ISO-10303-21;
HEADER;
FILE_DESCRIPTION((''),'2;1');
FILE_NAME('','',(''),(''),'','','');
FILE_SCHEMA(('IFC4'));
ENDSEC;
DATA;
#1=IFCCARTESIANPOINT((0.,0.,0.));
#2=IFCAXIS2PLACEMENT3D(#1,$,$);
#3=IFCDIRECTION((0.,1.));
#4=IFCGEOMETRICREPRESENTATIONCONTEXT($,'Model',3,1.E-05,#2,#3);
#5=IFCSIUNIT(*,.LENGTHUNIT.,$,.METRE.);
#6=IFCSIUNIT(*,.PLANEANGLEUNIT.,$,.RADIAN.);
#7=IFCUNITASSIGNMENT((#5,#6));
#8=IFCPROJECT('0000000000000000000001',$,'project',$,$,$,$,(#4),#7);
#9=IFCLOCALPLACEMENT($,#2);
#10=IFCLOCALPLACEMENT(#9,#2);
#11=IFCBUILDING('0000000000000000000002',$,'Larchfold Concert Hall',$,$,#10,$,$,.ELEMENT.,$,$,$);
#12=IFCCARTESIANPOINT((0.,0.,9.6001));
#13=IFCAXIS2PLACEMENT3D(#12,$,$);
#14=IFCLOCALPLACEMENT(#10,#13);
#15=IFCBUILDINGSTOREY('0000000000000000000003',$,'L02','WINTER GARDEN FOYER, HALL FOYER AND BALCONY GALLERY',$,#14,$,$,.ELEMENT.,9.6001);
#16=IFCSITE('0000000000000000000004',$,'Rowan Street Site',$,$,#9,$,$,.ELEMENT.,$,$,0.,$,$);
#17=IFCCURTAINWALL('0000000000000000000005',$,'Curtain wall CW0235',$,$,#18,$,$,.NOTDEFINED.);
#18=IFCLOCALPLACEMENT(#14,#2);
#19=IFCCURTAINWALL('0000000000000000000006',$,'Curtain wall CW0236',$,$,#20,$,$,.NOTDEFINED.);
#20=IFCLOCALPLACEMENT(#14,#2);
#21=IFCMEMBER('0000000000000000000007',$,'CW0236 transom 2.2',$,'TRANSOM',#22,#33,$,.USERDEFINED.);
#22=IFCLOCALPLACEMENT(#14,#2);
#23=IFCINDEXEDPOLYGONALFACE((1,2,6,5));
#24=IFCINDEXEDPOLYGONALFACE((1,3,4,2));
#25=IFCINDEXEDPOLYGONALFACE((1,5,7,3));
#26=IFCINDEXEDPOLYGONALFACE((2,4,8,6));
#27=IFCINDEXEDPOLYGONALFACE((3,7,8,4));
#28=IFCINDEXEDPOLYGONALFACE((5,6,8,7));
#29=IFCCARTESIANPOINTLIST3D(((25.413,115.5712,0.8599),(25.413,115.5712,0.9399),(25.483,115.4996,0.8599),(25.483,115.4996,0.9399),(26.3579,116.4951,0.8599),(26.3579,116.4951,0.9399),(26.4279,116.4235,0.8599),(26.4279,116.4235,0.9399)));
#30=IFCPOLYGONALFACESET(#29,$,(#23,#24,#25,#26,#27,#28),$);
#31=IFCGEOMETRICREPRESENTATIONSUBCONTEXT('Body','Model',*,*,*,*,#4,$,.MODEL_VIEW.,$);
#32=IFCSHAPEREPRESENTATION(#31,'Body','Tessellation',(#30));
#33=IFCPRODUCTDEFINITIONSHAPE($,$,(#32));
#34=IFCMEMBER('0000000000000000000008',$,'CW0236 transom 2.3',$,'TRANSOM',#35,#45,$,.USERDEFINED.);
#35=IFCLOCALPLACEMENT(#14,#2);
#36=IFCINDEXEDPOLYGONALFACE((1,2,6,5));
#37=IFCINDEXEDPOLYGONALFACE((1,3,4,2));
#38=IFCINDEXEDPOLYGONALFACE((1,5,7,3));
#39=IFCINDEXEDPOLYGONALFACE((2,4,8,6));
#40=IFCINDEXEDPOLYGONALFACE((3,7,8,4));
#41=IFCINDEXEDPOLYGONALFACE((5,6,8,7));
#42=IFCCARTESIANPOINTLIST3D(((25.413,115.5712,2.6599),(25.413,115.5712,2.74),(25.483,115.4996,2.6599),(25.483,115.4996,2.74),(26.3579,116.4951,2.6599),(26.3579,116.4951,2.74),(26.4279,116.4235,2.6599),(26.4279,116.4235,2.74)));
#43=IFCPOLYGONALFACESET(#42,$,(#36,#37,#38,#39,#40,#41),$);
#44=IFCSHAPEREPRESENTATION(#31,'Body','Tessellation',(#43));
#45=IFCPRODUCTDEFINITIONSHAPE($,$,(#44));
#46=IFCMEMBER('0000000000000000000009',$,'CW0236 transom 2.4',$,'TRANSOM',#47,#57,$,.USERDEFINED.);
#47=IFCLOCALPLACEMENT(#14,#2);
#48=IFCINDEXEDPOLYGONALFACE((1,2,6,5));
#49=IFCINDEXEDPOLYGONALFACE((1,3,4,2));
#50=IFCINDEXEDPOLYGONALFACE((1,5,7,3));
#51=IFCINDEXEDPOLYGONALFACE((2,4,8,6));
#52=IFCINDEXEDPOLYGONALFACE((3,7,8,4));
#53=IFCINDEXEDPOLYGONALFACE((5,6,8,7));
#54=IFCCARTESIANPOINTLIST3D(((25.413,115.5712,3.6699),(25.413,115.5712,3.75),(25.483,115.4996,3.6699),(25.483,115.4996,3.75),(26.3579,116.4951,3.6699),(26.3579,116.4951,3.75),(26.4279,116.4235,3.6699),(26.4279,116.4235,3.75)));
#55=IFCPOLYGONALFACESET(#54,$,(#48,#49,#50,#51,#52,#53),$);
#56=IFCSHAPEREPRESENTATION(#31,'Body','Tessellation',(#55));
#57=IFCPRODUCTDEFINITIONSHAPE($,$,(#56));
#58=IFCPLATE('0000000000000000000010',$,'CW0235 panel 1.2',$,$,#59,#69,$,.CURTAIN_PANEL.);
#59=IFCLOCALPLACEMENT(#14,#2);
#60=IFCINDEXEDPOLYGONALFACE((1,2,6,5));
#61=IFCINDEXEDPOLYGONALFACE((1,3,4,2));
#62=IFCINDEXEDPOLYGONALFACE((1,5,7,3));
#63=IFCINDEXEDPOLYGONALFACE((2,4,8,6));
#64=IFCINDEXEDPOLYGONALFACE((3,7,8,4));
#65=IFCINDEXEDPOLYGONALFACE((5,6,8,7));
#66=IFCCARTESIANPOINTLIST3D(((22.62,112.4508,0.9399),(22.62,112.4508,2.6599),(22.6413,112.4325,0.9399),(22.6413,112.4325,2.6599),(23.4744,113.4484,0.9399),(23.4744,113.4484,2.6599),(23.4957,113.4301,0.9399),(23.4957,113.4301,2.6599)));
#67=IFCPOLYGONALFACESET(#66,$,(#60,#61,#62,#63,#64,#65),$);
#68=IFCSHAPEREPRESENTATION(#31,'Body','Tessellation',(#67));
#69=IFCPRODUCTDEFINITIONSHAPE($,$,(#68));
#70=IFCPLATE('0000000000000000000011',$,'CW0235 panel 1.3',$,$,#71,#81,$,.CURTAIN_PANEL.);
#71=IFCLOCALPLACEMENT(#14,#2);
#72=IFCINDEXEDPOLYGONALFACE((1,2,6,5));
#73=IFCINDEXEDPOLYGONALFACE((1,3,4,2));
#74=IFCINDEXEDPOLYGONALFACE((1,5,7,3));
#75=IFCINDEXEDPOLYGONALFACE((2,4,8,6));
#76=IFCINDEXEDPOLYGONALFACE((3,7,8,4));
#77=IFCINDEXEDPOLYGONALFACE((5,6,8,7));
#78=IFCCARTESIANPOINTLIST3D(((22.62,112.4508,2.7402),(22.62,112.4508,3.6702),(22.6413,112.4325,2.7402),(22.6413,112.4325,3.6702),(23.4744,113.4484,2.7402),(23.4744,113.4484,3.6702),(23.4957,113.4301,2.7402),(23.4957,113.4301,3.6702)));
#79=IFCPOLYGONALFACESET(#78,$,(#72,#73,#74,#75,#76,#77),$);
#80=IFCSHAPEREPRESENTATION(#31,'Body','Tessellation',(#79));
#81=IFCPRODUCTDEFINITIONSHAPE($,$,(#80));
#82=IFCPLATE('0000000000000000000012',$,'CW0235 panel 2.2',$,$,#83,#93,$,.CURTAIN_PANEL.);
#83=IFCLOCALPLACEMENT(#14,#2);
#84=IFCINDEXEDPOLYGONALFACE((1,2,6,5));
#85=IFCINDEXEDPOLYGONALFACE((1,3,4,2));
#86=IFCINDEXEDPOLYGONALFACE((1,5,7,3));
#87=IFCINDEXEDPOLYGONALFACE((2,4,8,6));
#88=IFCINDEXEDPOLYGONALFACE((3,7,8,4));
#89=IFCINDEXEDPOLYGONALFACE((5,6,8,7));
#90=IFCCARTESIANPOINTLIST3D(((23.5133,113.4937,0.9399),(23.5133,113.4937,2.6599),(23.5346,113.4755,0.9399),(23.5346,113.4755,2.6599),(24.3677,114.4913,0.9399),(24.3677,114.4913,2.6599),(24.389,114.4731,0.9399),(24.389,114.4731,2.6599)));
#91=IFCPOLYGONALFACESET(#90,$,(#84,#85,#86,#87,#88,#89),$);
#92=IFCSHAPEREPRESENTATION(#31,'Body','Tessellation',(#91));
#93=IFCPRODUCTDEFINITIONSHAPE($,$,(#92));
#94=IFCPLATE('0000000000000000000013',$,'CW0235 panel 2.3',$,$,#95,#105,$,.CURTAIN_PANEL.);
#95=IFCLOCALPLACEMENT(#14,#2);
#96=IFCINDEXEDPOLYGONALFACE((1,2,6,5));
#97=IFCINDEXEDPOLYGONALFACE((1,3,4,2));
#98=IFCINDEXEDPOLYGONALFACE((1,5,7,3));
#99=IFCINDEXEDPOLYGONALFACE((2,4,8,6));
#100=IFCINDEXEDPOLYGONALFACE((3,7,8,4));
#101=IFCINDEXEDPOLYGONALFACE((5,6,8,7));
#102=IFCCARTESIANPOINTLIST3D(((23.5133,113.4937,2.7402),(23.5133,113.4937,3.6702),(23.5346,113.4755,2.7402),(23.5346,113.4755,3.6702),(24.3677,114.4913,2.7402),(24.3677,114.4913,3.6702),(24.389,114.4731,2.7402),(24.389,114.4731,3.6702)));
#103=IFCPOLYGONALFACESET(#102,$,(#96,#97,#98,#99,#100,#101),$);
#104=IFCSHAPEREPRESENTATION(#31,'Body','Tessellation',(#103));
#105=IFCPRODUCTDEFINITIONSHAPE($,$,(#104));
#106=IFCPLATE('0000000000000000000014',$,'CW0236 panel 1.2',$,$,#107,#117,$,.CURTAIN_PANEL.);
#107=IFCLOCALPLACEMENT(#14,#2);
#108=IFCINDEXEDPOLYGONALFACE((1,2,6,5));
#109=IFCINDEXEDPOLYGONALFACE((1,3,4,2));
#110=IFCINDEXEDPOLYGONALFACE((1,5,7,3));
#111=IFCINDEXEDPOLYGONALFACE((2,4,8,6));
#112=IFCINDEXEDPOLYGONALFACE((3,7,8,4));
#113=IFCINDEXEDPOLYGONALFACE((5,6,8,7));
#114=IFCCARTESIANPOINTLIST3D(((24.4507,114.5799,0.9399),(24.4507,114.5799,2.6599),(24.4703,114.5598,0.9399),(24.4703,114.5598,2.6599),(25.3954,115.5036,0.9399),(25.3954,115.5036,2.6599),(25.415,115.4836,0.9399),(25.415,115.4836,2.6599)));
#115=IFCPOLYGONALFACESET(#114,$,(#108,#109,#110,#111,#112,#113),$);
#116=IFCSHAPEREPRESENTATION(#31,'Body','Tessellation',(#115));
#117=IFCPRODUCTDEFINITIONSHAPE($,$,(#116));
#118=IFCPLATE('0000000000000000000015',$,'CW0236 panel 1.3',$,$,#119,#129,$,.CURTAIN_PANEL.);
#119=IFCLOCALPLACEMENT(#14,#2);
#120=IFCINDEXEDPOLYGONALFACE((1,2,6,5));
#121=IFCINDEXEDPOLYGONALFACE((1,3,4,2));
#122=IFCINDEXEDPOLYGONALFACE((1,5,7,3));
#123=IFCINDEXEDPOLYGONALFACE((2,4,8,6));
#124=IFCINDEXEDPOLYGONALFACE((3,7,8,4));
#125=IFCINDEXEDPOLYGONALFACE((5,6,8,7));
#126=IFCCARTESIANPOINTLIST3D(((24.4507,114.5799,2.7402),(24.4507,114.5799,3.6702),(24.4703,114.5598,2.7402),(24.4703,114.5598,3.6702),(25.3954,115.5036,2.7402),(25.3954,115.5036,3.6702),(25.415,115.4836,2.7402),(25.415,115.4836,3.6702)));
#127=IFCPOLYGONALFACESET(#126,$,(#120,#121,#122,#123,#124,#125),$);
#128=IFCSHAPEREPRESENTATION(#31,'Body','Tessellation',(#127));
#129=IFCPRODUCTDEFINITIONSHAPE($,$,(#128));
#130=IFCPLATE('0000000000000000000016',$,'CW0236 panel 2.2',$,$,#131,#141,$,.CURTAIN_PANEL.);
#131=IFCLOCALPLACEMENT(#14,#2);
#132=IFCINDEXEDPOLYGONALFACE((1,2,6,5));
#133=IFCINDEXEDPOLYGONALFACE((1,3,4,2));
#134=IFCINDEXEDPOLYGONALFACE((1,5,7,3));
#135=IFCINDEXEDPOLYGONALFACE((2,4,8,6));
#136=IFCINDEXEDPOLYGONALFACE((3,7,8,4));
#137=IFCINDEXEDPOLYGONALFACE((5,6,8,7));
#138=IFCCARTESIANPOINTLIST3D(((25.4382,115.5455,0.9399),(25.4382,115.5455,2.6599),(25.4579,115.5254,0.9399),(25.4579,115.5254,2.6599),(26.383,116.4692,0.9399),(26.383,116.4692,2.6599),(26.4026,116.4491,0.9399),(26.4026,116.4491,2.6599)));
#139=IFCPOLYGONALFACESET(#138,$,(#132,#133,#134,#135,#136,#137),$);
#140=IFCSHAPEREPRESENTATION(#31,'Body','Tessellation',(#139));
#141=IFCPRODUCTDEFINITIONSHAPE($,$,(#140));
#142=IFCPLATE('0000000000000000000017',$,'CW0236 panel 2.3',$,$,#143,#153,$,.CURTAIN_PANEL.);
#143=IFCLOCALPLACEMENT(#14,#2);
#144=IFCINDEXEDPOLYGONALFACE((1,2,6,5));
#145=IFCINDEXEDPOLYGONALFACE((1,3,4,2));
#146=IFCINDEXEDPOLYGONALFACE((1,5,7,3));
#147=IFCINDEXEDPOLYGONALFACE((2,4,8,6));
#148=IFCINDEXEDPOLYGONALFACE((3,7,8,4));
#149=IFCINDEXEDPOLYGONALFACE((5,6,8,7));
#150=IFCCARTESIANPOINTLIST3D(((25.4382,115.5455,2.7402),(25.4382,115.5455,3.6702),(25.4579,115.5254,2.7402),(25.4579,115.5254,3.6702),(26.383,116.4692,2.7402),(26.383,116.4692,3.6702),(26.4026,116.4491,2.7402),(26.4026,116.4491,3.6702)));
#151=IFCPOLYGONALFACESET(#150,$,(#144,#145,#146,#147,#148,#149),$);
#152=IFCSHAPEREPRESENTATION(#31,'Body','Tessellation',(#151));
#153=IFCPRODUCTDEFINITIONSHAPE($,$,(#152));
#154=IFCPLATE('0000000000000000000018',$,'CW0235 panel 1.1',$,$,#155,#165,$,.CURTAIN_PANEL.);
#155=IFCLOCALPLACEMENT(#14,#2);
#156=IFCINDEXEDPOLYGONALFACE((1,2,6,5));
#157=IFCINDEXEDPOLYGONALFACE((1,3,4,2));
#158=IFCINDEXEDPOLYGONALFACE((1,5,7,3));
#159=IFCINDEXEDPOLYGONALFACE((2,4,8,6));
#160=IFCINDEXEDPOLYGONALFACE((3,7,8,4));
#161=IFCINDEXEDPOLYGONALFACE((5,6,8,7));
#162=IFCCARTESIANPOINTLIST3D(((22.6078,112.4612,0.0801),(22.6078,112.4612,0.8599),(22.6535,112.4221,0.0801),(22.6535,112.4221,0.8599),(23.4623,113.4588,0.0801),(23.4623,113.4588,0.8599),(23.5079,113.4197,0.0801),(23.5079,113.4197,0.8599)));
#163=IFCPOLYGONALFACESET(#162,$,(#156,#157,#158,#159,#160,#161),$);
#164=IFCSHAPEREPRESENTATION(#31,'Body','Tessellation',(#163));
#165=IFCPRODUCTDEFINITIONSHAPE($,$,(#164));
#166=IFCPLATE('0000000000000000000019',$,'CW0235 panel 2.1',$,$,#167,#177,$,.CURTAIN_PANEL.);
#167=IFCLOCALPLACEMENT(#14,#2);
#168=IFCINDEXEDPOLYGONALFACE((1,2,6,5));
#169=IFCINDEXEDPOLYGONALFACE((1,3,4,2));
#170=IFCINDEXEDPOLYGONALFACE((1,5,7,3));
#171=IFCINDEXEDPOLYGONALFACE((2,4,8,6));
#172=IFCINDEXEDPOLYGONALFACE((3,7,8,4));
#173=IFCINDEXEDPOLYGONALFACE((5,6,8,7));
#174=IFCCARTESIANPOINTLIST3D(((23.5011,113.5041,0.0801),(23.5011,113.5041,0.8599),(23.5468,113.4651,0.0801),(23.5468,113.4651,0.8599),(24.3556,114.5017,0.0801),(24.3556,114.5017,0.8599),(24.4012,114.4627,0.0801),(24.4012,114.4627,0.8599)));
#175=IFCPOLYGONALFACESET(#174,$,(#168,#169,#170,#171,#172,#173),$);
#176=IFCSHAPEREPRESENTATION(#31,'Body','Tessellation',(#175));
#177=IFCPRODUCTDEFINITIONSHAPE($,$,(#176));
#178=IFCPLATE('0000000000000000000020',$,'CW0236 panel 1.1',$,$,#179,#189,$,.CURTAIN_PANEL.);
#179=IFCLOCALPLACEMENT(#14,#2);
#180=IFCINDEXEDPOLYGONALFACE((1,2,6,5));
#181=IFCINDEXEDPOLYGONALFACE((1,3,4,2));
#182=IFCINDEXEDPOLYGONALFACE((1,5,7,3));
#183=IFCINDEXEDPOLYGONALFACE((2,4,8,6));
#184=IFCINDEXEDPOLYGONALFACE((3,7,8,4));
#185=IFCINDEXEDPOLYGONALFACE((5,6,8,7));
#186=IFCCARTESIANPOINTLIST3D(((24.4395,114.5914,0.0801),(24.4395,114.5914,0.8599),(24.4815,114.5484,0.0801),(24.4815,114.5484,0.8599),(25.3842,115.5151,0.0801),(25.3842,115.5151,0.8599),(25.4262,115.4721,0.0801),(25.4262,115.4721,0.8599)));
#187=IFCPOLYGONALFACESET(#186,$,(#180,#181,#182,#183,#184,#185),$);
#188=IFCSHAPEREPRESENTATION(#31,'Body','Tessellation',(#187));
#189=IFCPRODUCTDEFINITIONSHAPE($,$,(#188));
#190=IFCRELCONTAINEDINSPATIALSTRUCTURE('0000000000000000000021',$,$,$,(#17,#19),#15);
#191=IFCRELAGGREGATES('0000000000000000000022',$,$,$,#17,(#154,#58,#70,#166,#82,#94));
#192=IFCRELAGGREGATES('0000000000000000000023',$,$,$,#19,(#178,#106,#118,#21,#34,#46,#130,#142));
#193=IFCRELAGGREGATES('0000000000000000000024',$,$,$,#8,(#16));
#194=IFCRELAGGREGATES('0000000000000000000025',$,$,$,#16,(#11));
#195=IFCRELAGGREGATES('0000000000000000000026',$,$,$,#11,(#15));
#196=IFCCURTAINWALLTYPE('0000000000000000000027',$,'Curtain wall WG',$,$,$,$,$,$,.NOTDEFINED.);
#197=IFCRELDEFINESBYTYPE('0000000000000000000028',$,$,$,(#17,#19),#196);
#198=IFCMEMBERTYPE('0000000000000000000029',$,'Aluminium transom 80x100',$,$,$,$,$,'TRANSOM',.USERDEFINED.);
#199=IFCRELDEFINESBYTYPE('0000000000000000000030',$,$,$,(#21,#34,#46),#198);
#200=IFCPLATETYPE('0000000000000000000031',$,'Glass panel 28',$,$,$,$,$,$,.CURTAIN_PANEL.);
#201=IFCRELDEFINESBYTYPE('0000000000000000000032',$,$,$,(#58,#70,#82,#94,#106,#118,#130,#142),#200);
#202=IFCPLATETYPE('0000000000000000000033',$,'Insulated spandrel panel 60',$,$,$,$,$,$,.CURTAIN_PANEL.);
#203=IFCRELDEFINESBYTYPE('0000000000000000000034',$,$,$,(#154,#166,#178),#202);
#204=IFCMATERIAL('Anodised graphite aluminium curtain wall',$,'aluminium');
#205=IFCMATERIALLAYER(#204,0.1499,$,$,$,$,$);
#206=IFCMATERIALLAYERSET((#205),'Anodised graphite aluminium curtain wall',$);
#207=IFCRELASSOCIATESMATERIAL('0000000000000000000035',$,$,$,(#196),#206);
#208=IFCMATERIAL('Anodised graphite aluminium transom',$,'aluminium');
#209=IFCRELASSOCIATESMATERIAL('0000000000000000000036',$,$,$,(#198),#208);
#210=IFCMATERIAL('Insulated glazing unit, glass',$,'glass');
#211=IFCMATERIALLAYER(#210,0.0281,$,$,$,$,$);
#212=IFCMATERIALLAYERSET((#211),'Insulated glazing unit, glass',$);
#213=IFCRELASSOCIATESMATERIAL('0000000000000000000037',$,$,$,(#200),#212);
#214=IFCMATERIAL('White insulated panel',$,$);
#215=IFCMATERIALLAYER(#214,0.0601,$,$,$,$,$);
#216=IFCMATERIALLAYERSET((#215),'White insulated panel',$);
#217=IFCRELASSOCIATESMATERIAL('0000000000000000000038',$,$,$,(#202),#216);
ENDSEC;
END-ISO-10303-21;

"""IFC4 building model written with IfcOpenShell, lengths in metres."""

from ifc_helpers import new_model, si_unit, direction, frame, origin, origin_2d, place, context, subcontext, project, spatial, rectangle, extrude, material, layer, layer_set, material_profile, profile_set, type_object, element, aggregate, save


model = new_model("IFC4")

# Units and contexts
model_context = context("Model", 3, precision=1e-05, world=origin(), true_north=direction((0.0, 1.0)))
body_context = subcontext(model_context, "Body", "Model", "MODEL_VIEW")
ifc_project = project(units=[si_unit("LENGTHUNIT", "METRE"), si_unit("PLANEANGLEUNIT", "RADIAN")], contexts=[model_context])

# Site, building, storey
site_placement = place(None, origin())
site = spatial("IfcSite", under=ifc_project, at=site_placement, Name="Rowan Street Site", CompositionType="ELEMENT", RefElevation=0.0)
building_placement = place(site_placement, origin())
building = spatial("IfcBuilding", under=site, at=building_placement, Name="Larchfold Concert Hall", CompositionType="ELEMENT")
storey_placement = place(building_placement, frame((0.0, 0.0, 9.6001)))
storey = spatial("IfcBuildingStorey", under=building, at=storey_placement, Name="L02", Description="WINTER GARDEN FOYER, HALL FOYER AND BALCONY GALLERY", CompositionType="ELEMENT", Elevation=9.6001)

# Curtain walls
ifc_material_1 = material(Name="Anodised graphite aluminium curtain wall", Category="aluminium")
ifc_layer_1 = layer(ifc_material_1, 0.1499)
ifc_layer_set_1 = layer_set([ifc_layer_1], Name="Anodised graphite aluminium curtain wall")
curtain_wall_type = type_object("IfcCurtainWallType", Name="Curtain wall WG", PredefinedType="NOTDEFINED", material=ifc_layer_set_1)
curtain_wall_1_placement = place(storey_placement, origin())
curtain_wall_1 = element("IfcCurtainWall", 1, at=curtain_wall_1_placement, inside=storey, type_object=curtain_wall_type, Name="Curtain wall CW0235", PredefinedType="NOTDEFINED")
curtain_wall_2_placement = place(storey_placement, origin())
curtain_wall_2 = element("IfcCurtainWall", 2, at=curtain_wall_2_placement, inside=storey, type_object=curtain_wall_type, Name="Curtain wall CW0236", PredefinedType="NOTDEFINED")

# Members
ifc_material_2 = material(Name="Anodised graphite aluminium transom", Category="aluminium")
ifc_material_profile_1 = material_profile(ifc_material_2, rectangle(XDim=0.1001, YDim=0.0801, at=origin_2d()))
ifc_profile_set_1 = profile_set([ifc_material_profile_1], Name="Anodised graphite aluminium transom")
member_type_1 = type_object("IfcMemberType", Name="Aluminium transom 80x100", ElementType="TRANSOM", PredefinedType="USERDEFINED", material=ifc_profile_set_1)
member_1_placement = place(storey_placement, frame((25.448, 115.5354, 0.8999), z_axis=(0.715007, 0.699118, 0.0), x_axis=(-0.699118, 0.715007, 0.0)))
member_1 = element("IfcMember", 3, at=member_1_placement, type_object=member_type_1, Name="CW0236 transom 2.2", ObjectType="TRANSOM", PredefinedType="USERDEFINED", context=body_context, shape_type="SweptSolid", body=[
    extrude(rectangle(XDim=0.1001, YDim=0.0801, at=origin_2d()), origin(), (0.0, 0.0, 1.0), 1.3215),
])
member_2_placement = place(storey_placement, frame((25.448, 115.5354, 2.7), z_axis=(0.715007, 0.699118, 0.0), x_axis=(-0.699118, 0.715007, 0.0)))
member_2 = element("IfcMember", 4, at=member_2_placement, type_object=member_type_1, Name="CW0236 transom 2.3", ObjectType="TRANSOM", PredefinedType="USERDEFINED", context=body_context, shape_type="SweptSolid", body=[
    extrude(rectangle(XDim=0.1001, YDim=0.0801, at=origin_2d()), origin(), (0.0, 0.0, 1.0), 1.3215),
])
member_3_placement = place(storey_placement, frame((25.448, 115.5354, 3.71), z_axis=(0.715007, 0.699118, 0.0), x_axis=(-0.699118, 0.715007, 0.0)))
member_3 = element("IfcMember", 5, at=member_3_placement, type_object=member_type_1, Name="CW0236 transom 2.4", ObjectType="TRANSOM", PredefinedType="USERDEFINED", context=body_context, shape_type="SweptSolid", body=[
    extrude(rectangle(XDim=0.1001, YDim=0.0801, at=origin_2d()), origin(), (0.0, 0.0, 1.0), 1.3215),
])

# Plates
ifc_material_3 = material(Name="Insulated glazing unit, glass", Category="glass")
ifc_layer_2 = layer(ifc_material_3, 0.0281)
ifc_layer_set_2 = layer_set([ifc_layer_2], Name="Insulated glazing unit, glass")
plate_type_1 = type_object("IfcPlateType", Name="Glass panel 28", PredefinedType="CURTAIN_PANEL", material=ifc_layer_set_2)
plate_1_placement = place(storey_placement, frame((23.0579, 112.9404, 0.9399), z_axis=(0.0, 0.0, 1.0), x_axis=(0.650512, 0.759496, 0.0)))
plate_1 = element("IfcPlate", 6, at=plate_1_placement, type_object=plate_type_1, Name="CW0235 panel 1.2", PredefinedType="CURTAIN_PANEL", context=body_context, shape_type="SweptSolid", body=[
    extrude(rectangle(XDim=1.3135, YDim=0.0281, at=origin_2d()), origin(), (0.0, 0.0, 1.0), 1.72),
])
plate_2_placement = place(storey_placement, frame((23.0579, 112.9404, 2.7402), z_axis=(0.0, 0.0, 1.0), x_axis=(0.650512, 0.759496, 0.0)))
plate_2 = element("IfcPlate", 7, at=plate_2_placement, type_object=plate_type_1, Name="CW0235 panel 1.3", PredefinedType="CURTAIN_PANEL", context=body_context, shape_type="SweptSolid", body=[
    extrude(rectangle(XDim=1.3135, YDim=0.0281, at=origin_2d()), origin(), (0.0, 0.0, 1.0), 0.9299),
])
plate_3_placement = place(storey_placement, frame((23.9512, 113.9834, 0.9399), z_axis=(0.0, 0.0, 1.0), x_axis=(0.650512, 0.759496, 0.0)))
plate_3 = element("IfcPlate", 8, at=plate_3_placement, type_object=plate_type_1, Name="CW0235 panel 2.2", PredefinedType="CURTAIN_PANEL", context=body_context, shape_type="SweptSolid", body=[
    extrude(rectangle(XDim=1.3135, YDim=0.0281, at=origin_2d()), origin(), (0.0, 0.0, 1.0), 1.72),
])
plate_4_placement = place(storey_placement, frame((23.9512, 113.9834, 2.7402), z_axis=(0.0, 0.0, 1.0), x_axis=(0.650512, 0.759496, 0.0)))
plate_4 = element("IfcPlate", 9, at=plate_4_placement, type_object=plate_type_1, Name="CW0235 panel 2.3", PredefinedType="CURTAIN_PANEL", context=body_context, shape_type="SweptSolid", body=[
    extrude(rectangle(XDim=1.3135, YDim=0.0281, at=origin_2d()), origin(), (0.0, 0.0, 1.0), 0.9299),
])
plate_5_placement = place(storey_placement, frame((24.9329, 115.0317, 0.9399), z_axis=(0.0, 0.0, 1.0), x_axis=(0.715019, 0.699105, 0.0)))
plate_5 = element("IfcPlate", 10, at=plate_5_placement, type_object=plate_type_1, Name="CW0236 panel 1.2", PredefinedType="CURTAIN_PANEL", context=body_context, shape_type="SweptSolid", body=[
    extrude(rectangle(XDim=1.3213, YDim=0.0281, at=origin_2d()), origin(), (0.0, 0.0, 1.0), 1.72),
])
plate_6_placement = place(storey_placement, frame((24.9329, 115.0317, 2.7402), z_axis=(0.0, 0.0, 1.0), x_axis=(0.715019, 0.699105, 0.0)))
plate_6 = element("IfcPlate", 11, at=plate_6_placement, type_object=plate_type_1, Name="CW0236 panel 1.3", PredefinedType="CURTAIN_PANEL", context=body_context, shape_type="SweptSolid", body=[
    extrude(rectangle(XDim=1.3213, YDim=0.0281, at=origin_2d()), origin(), (0.0, 0.0, 1.0), 0.9299),
])
plate_7_placement = place(storey_placement, frame((25.9204, 115.9973, 0.9399), z_axis=(0.0, 0.0, 1.0), x_axis=(0.715019, 0.699105, 0.0)))
plate_7 = element("IfcPlate", 12, at=plate_7_placement, type_object=plate_type_1, Name="CW0236 panel 2.2", PredefinedType="CURTAIN_PANEL", context=body_context, shape_type="SweptSolid", body=[
    extrude(rectangle(XDim=1.3213, YDim=0.0281, at=origin_2d()), origin(), (0.0, 0.0, 1.0), 1.72),
])
plate_8_placement = place(storey_placement, frame((25.9204, 115.9973, 2.7402), z_axis=(0.0, 0.0, 1.0), x_axis=(0.715019, 0.699105, 0.0)))
plate_8 = element("IfcPlate", 13, at=plate_8_placement, type_object=plate_type_1, Name="CW0236 panel 2.3", PredefinedType="CURTAIN_PANEL", context=body_context, shape_type="SweptSolid", body=[
    extrude(rectangle(XDim=1.3213, YDim=0.0281, at=origin_2d()), origin(), (0.0, 0.0, 1.0), 0.9299),
])
ifc_material_4 = material(Name="White insulated panel")
ifc_layer_3 = layer(ifc_material_4, 0.0601)
ifc_layer_set_3 = layer_set([ifc_layer_3], Name="White insulated panel")
plate_type_2 = type_object("IfcPlateType", Name="Insulated spandrel panel 60", PredefinedType="CURTAIN_PANEL", material=ifc_layer_set_3)
plate_9_placement = place(storey_placement, frame((23.0579, 112.9404, 0.0801), z_axis=(0.0, 0.0, 1.0), x_axis=(0.650512, 0.759496, 0.0)))
plate_9 = element("IfcPlate", 14, at=plate_9_placement, type_object=plate_type_2, Name="CW0235 panel 1.1", PredefinedType="CURTAIN_PANEL", context=body_context, shape_type="SweptSolid", body=[
    extrude(rectangle(XDim=1.3135, YDim=0.0601, at=origin_2d()), origin(), (0.0, 0.0, 1.0), 0.7798),
])
plate_10_placement = place(storey_placement, frame((23.9512, 113.9834, 0.0801), z_axis=(0.0, 0.0, 1.0), x_axis=(0.650512, 0.759496, 0.0)))
plate_10 = element("IfcPlate", 15, at=plate_10_placement, type_object=plate_type_2, Name="CW0235 panel 2.1", PredefinedType="CURTAIN_PANEL", context=body_context, shape_type="SweptSolid", body=[
    extrude(rectangle(XDim=1.3135, YDim=0.0601, at=origin_2d()), origin(), (0.0, 0.0, 1.0), 0.7798),
])
aggregate(curtain_wall_1, [plate_9, plate_1, plate_2, plate_10, plate_3, plate_4])
plate_11_placement = place(storey_placement, frame((24.9329, 115.0317, 0.0801), z_axis=(0.0, 0.0, 1.0), x_axis=(0.715019, 0.699105, 0.0)))
plate_11 = element("IfcPlate", 16, at=plate_11_placement, type_object=plate_type_2, Name="CW0236 panel 1.1", PredefinedType="CURTAIN_PANEL", context=body_context, shape_type="SweptSolid", body=[
    extrude(rectangle(XDim=1.3213, YDim=0.0601, at=origin_2d()), origin(), (0.0, 0.0, 1.0), 0.7798),
])
aggregate(curtain_wall_2, [plate_11, plate_5, plate_6, member_1, member_2, member_3, plate_7, plate_8])

save(model, "model.ifc")
